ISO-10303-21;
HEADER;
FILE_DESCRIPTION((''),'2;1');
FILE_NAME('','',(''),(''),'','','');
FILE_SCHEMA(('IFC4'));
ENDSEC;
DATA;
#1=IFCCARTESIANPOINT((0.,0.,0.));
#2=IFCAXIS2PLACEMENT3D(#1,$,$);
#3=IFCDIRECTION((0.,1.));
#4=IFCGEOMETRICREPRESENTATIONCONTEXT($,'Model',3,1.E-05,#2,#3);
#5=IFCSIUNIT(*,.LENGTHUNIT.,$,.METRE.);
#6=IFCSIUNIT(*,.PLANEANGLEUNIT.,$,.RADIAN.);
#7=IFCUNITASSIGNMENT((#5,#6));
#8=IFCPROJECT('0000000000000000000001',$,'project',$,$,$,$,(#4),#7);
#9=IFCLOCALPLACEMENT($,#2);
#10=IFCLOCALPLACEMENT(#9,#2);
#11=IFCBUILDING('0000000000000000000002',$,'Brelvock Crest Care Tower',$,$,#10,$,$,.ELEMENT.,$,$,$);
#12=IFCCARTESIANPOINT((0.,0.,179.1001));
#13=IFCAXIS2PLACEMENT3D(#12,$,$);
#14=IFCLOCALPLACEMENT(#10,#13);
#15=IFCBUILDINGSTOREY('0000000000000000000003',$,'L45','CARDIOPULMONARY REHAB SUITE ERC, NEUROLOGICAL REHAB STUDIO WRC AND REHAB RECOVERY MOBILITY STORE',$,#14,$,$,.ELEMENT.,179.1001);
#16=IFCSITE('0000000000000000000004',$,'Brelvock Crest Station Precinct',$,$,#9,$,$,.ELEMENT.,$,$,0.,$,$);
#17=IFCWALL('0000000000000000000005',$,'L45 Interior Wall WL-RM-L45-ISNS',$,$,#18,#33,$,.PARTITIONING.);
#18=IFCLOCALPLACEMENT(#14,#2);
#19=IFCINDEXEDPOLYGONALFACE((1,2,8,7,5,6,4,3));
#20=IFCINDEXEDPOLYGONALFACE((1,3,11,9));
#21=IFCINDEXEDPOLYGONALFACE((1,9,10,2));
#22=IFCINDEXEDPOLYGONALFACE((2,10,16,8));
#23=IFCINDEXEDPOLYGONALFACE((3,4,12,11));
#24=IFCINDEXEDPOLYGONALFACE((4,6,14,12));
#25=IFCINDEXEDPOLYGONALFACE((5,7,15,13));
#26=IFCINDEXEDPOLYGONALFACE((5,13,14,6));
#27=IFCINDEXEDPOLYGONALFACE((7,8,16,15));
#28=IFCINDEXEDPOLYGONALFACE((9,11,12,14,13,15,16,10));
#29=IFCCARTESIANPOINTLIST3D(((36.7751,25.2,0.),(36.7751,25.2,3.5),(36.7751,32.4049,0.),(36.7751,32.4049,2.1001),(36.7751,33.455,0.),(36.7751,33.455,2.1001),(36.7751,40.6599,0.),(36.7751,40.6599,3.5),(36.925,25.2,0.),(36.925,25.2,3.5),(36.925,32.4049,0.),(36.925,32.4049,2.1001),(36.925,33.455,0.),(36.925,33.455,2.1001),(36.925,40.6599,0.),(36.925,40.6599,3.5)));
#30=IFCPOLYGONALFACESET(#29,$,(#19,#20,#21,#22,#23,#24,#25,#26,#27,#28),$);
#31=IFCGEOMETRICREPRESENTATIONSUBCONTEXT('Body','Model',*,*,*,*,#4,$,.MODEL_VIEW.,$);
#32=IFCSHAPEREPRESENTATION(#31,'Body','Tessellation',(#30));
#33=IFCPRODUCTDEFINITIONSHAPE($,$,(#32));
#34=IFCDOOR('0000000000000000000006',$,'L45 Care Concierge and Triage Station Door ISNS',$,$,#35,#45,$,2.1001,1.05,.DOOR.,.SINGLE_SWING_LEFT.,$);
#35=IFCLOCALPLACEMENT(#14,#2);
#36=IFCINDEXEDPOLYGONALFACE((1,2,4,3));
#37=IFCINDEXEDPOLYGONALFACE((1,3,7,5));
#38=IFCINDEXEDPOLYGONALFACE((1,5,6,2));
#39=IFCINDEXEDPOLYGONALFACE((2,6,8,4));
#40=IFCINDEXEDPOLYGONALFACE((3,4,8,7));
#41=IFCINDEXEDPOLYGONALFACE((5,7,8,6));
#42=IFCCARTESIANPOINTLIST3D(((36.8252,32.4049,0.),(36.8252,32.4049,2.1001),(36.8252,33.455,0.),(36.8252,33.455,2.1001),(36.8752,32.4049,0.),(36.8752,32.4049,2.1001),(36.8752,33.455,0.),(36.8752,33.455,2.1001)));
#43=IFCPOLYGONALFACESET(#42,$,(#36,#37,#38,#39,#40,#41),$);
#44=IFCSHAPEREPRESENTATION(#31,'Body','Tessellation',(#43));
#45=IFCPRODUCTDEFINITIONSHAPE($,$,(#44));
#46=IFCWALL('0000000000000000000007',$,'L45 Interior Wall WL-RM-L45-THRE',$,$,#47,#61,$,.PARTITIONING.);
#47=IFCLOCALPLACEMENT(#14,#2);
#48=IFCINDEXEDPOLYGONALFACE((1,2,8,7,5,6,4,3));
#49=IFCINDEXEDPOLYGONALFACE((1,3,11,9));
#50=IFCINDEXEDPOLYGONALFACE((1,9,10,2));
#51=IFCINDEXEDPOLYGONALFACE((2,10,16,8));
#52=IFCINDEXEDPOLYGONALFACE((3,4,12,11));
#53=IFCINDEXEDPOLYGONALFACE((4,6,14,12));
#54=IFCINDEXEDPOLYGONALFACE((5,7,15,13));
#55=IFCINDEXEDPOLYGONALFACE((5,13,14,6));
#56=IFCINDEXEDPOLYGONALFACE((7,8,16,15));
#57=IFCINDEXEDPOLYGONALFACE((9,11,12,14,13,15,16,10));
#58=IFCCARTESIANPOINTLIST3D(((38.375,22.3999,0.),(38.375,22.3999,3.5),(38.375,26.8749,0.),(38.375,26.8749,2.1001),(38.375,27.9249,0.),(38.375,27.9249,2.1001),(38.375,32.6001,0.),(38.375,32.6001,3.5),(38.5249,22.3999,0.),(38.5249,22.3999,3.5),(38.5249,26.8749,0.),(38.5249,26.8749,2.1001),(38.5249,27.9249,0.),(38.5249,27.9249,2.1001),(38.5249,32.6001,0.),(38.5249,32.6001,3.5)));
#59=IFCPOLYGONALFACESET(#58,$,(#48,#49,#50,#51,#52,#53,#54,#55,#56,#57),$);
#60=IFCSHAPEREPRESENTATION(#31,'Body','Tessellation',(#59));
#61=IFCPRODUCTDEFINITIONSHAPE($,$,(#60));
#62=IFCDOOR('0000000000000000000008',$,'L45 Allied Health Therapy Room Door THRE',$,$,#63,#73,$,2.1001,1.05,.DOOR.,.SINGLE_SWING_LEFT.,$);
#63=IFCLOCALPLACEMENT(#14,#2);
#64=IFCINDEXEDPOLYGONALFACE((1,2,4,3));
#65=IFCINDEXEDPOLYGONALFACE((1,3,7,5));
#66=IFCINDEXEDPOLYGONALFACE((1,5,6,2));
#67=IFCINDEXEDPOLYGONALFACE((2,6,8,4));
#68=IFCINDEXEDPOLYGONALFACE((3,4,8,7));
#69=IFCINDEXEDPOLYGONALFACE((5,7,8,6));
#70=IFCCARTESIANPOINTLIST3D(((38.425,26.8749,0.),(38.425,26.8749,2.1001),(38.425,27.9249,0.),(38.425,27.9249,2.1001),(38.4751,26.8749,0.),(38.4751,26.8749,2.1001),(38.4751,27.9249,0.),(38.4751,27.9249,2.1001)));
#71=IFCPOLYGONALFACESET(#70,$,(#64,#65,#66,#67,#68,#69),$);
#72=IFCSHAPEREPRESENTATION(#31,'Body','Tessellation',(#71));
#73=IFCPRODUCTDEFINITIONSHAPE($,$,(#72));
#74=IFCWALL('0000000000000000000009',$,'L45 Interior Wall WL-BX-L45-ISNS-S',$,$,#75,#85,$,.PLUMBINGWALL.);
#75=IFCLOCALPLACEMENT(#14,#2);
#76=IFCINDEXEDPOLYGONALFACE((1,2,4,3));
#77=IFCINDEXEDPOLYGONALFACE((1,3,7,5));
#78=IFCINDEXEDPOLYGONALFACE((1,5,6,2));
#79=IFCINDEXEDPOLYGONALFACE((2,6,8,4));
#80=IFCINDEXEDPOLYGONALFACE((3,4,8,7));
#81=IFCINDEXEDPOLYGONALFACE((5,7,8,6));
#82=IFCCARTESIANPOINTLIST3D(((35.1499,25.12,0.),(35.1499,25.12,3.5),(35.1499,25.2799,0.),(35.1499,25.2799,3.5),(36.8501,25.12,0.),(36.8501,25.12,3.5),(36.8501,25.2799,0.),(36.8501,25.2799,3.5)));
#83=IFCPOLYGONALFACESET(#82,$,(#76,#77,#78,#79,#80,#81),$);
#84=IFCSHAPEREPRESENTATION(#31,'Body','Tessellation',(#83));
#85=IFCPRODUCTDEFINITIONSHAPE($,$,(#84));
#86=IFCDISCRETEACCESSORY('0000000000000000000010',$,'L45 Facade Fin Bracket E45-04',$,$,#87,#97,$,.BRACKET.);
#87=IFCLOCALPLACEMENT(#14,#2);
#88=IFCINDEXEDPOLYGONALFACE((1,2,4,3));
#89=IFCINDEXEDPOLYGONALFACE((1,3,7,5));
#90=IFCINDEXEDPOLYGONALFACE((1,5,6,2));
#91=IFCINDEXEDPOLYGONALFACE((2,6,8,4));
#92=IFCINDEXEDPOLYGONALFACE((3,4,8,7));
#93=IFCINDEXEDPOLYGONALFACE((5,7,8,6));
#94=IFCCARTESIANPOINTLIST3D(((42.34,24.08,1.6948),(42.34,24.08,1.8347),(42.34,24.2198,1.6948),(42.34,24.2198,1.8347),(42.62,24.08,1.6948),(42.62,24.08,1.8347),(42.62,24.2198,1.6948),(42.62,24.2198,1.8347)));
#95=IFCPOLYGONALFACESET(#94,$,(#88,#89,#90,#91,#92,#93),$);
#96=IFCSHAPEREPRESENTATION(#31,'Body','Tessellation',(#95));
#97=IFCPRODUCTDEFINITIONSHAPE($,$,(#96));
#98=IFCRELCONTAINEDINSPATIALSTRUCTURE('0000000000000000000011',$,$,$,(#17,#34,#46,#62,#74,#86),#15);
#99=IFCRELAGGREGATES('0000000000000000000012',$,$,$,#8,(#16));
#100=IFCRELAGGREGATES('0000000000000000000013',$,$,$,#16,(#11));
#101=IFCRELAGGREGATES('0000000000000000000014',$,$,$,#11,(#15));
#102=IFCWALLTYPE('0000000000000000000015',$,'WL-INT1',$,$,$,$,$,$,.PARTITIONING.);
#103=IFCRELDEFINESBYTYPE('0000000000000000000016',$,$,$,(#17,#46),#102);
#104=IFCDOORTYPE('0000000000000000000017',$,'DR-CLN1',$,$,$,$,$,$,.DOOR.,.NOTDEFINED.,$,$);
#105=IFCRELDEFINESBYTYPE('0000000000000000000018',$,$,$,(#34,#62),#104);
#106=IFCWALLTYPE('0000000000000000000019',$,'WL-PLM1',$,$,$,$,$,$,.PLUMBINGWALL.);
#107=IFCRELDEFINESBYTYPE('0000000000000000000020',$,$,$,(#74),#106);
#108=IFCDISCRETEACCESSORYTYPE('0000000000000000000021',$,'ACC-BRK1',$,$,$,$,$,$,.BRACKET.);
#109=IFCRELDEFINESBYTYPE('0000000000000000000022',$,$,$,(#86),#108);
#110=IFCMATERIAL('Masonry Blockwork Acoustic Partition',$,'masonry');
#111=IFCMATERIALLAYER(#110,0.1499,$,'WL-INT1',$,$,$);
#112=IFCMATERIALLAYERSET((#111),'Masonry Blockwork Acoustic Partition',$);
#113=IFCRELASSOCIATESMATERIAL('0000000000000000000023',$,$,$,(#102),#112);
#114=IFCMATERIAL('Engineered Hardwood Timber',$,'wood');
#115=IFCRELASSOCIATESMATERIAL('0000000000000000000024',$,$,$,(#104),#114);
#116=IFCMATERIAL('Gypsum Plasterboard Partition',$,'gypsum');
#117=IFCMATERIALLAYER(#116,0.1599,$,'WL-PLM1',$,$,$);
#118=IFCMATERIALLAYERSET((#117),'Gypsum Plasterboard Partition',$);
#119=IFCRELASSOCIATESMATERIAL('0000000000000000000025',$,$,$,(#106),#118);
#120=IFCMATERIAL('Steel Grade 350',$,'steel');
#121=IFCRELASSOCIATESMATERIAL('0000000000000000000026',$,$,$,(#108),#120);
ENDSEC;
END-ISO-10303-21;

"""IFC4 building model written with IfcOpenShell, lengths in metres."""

from ifc_helpers import new_model, si_unit, direction, frame, frame_2d, origin, origin_2d, place, context, subcontext, project, spatial, rectangle, extrude, source, transform, mapped, material, layer, layer_set, type_object, element, fill, save


model = new_model("IFC4")

# Units and contexts
model_context = context("Model", 3, precision=1e-05, world=origin(), true_north=direction((0.0, 1.0)))
body_context = subcontext(model_context, "Body", "Model", "MODEL_VIEW")
ifc_project = project(units=[si_unit("LENGTHUNIT", "METRE"), si_unit("PLANEANGLEUNIT", "RADIAN")], contexts=[model_context])

# Site, building, storey
site_placement = place(None, origin())
site = spatial("IfcSite", under=ifc_project, at=site_placement, Name="Brelvock Crest Station Precinct", CompositionType="ELEMENT", RefElevation=0.0)
building_placement = place(site_placement, origin())
building = spatial("IfcBuilding", under=site, at=building_placement, Name="Brelvock Crest Care Tower", CompositionType="ELEMENT")
storey_placement = place(building_placement, frame((0.0, 0.0, 179.1001)))
storey = spatial("IfcBuildingStorey", under=building, at=storey_placement, Name="L45", Description="CARDIOPULMONARY REHAB SUITE ERC, NEUROLOGICAL REHAB STUDIO WRC AND REHAB RECOVERY MOBILITY STORE", CompositionType="ELEMENT", Elevation=179.1001)

# Shared definitions
ifc_material_1 = material(Name="Masonry Blockwork Acoustic Partition", Category="masonry")
ifc_layer_1 = layer(ifc_material_1, 0.1499, Name="WL-INT1")
ifc_layer_set_1 = layer_set([ifc_layer_1], Name="Masonry Blockwork Acoustic Partition")
wall_type_1 = type_object("IfcWallType", Name="WL-INT1", PredefinedType="PARTITIONING", material=ifc_layer_set_1)

# Walls, openings, doors
wall_1_placement = place(storey_placement, frame((36.8501, 25.2, 0.0), z_axis=(0.0, 0.0, 1.0), x_axis=(0.0, 1.0, 0.0)))
wall_1 = element("IfcWall", 1, at=wall_1_placement, inside=storey, type_object=wall_type_1, Name="L45 Interior Wall WL-RM-L45-ISNS", PredefinedType="PARTITIONING", context=body_context, shape_type="SweptSolid", body=[
    extrude(rectangle(XDim=15.46, YDim=0.1499, at=frame_2d((7.73, 0.0))), origin(), (0.0, 0.0, 1.0), 3.5),
])
opening_1_placement = place(wall_1_placement, frame((7.2051, 0.0, 0.0)))
opening_1 = element("IfcOpeningElement", 2, at=opening_1_placement, cuts=wall_1, PredefinedType="OPENING", context=body_context, shape_type="SweptSolid", body=[
    extrude(rectangle(XDim=1.05, YDim=2.1001, at=origin_2d()), frame((0.5249, 0.085, 1.05), z_axis=(0.0, -1.0, 0.0), x_axis=(1.0, 0.0, 0.0)), (0.0, 0.0, 1.0), 0.1699),
])
ifc_material_2 = material(Name="Engineered Hardwood Timber", Category="wood")
door_type = type_object("IfcDoorType", Name="DR-CLN1", OperationType="NOTDEFINED", PredefinedType="DOOR", material=ifc_material_2)
shared_shape_1 = source(origin(), body_context, "Body", "SweptSolid", [
    extrude(rectangle(XDim=1.05, YDim=2.1001, at=origin_2d()), frame((0.5249, 0.0249, 1.05), z_axis=(0.0, -1.0, 0.0), x_axis=(1.0, 0.0, 0.0)), (0.0, 0.0, 1.0), 0.05),
])
door_1_placement = place(opening_1_placement, origin())
door_1 = element("IfcDoor", 3, at=door_1_placement, inside=storey, type_object=door_type, Name="L45 Care Concierge and Triage Station Door ISNS", OperationType="SINGLE_SWING_LEFT", OverallHeight=2.1001, OverallWidth=1.05, PredefinedType="DOOR", context=body_context, shape_type="MappedRepresentation", body=[
    mapped(shared_shape_1, transform((0.0, 0.0, 0.0), x_axis=(1.0, 0.0, 0.0), y_axis=(0.0, 1.0, 0.0), z_axis=(0.0, 0.0, 1.0), scale=1.0)),
])
fill(opening_1, door_1)
wall_2_placement = place(storey_placement, frame((38.45, 22.3999, 0.0), z_axis=(0.0, 0.0, 1.0), x_axis=(0.0, 1.0, 0.0)))
wall_2 = element("IfcWall", 4, at=wall_2_placement, inside=storey, type_object=wall_type_1, Name="L45 Interior Wall WL-RM-L45-THRE", PredefinedType="PARTITIONING", context=body_context, shape_type="SweptSolid", body=[
    extrude(rectangle(XDim=10.2002, YDim=0.1499, at=frame_2d((5.1001, 0.0))), origin(), (0.0, 0.0, 1.0), 3.5),
])
opening_2_placement = place(wall_2_placement, frame((4.4751, 0.0, 0.0)))
opening_2 = element("IfcOpeningElement", 5, at=opening_2_placement, cuts=wall_2, PredefinedType="OPENING", context=body_context, shape_type="SweptSolid", body=[
    extrude(rectangle(XDim=1.05, YDim=2.1001, at=origin_2d()), frame((0.5249, 0.085, 1.05), z_axis=(0.0, -1.0, 0.0), x_axis=(1.0, 0.0, 0.0)), (0.0, 0.0, 1.0), 0.1699),
])
door_2_placement = place(opening_2_placement, origin())
door_2 = element("IfcDoor", 6, at=door_2_placement, inside=storey, type_object=door_type, Name="L45 Allied Health Therapy Room Door THRE", OperationType="SINGLE_SWING_LEFT", OverallHeight=2.1001, OverallWidth=1.05, PredefinedType="DOOR", context=body_context, shape_type="MappedRepresentation", body=[
    mapped(shared_shape_1, transform((0.0, 0.0, 0.0), x_axis=(1.0, 0.0, 0.0), y_axis=(0.0, 1.0, 0.0), z_axis=(0.0, 0.0, 1.0), scale=1.0)),
])
fill(opening_2, door_2)

# Wall
ifc_material_3 = material(Name="Gypsum Plasterboard Partition", Category="gypsum")
ifc_layer_2 = layer(ifc_material_3, 0.1599, Name="WL-PLM1")
ifc_layer_set_2 = layer_set([ifc_layer_2], Name="Gypsum Plasterboard Partition")
wall_type_2 = type_object("IfcWallType", Name="WL-PLM1", PredefinedType="PLUMBINGWALL", material=ifc_layer_set_2)
wall_3_placement = place(storey_placement, frame((35.1499, 25.2, 0.0), z_axis=(0.0, 0.0, 1.0), x_axis=(1.0, 0.0, 0.0)))
element("IfcWall", 7, at=wall_3_placement, inside=storey, type_object=wall_type_2, Name="L45 Interior Wall WL-BX-L45-ISNS-S", PredefinedType="PLUMBINGWALL", context=body_context, shape_type="SweptSolid", body=[
    extrude(rectangle(XDim=1.7002, YDim=0.1599, at=frame_2d((0.8501, 0.0))), origin(), (0.0, 0.0, 1.0), 3.5),
])

# Discrete accessory
ifc_material_4 = material(Name="Steel Grade 350", Category="steel")
discrete_accessory_type = type_object("IfcDiscreteAccessoryType", Name="ACC-BRK1", PredefinedType="BRACKET", material=ifc_material_4)
shared_shape_2 = source(origin(), body_context, "Body", "SweptSolid", [
    extrude(rectangle(XDim=0.28, YDim=0.1399, at=origin_2d()), origin(), (0.0, 0.0, 1.0), 0.1399),
])
discrete_accessory_placement = place(storey_placement, frame((42.48, 24.1499, 1.6948), z_axis=(0.0, 0.0, 1.0), x_axis=(1.0, 0.0, 0.0)))
element("IfcDiscreteAccessory", 8, at=discrete_accessory_placement, inside=storey, type_object=discrete_accessory_type, Name="L45 Facade Fin Bracket E45-04", PredefinedType="BRACKET", context=body_context, shape_type="MappedRepresentation", body=[
    mapped(shared_shape_2, transform((0.0, 0.0, 0.0), x_axis=(1.0, 0.0, 0.0), y_axis=(0.0, 1.0, 0.0), z_axis=(0.0, 0.0, 1.0), scale=1.0)),
])

save(model, "model.ifc")
